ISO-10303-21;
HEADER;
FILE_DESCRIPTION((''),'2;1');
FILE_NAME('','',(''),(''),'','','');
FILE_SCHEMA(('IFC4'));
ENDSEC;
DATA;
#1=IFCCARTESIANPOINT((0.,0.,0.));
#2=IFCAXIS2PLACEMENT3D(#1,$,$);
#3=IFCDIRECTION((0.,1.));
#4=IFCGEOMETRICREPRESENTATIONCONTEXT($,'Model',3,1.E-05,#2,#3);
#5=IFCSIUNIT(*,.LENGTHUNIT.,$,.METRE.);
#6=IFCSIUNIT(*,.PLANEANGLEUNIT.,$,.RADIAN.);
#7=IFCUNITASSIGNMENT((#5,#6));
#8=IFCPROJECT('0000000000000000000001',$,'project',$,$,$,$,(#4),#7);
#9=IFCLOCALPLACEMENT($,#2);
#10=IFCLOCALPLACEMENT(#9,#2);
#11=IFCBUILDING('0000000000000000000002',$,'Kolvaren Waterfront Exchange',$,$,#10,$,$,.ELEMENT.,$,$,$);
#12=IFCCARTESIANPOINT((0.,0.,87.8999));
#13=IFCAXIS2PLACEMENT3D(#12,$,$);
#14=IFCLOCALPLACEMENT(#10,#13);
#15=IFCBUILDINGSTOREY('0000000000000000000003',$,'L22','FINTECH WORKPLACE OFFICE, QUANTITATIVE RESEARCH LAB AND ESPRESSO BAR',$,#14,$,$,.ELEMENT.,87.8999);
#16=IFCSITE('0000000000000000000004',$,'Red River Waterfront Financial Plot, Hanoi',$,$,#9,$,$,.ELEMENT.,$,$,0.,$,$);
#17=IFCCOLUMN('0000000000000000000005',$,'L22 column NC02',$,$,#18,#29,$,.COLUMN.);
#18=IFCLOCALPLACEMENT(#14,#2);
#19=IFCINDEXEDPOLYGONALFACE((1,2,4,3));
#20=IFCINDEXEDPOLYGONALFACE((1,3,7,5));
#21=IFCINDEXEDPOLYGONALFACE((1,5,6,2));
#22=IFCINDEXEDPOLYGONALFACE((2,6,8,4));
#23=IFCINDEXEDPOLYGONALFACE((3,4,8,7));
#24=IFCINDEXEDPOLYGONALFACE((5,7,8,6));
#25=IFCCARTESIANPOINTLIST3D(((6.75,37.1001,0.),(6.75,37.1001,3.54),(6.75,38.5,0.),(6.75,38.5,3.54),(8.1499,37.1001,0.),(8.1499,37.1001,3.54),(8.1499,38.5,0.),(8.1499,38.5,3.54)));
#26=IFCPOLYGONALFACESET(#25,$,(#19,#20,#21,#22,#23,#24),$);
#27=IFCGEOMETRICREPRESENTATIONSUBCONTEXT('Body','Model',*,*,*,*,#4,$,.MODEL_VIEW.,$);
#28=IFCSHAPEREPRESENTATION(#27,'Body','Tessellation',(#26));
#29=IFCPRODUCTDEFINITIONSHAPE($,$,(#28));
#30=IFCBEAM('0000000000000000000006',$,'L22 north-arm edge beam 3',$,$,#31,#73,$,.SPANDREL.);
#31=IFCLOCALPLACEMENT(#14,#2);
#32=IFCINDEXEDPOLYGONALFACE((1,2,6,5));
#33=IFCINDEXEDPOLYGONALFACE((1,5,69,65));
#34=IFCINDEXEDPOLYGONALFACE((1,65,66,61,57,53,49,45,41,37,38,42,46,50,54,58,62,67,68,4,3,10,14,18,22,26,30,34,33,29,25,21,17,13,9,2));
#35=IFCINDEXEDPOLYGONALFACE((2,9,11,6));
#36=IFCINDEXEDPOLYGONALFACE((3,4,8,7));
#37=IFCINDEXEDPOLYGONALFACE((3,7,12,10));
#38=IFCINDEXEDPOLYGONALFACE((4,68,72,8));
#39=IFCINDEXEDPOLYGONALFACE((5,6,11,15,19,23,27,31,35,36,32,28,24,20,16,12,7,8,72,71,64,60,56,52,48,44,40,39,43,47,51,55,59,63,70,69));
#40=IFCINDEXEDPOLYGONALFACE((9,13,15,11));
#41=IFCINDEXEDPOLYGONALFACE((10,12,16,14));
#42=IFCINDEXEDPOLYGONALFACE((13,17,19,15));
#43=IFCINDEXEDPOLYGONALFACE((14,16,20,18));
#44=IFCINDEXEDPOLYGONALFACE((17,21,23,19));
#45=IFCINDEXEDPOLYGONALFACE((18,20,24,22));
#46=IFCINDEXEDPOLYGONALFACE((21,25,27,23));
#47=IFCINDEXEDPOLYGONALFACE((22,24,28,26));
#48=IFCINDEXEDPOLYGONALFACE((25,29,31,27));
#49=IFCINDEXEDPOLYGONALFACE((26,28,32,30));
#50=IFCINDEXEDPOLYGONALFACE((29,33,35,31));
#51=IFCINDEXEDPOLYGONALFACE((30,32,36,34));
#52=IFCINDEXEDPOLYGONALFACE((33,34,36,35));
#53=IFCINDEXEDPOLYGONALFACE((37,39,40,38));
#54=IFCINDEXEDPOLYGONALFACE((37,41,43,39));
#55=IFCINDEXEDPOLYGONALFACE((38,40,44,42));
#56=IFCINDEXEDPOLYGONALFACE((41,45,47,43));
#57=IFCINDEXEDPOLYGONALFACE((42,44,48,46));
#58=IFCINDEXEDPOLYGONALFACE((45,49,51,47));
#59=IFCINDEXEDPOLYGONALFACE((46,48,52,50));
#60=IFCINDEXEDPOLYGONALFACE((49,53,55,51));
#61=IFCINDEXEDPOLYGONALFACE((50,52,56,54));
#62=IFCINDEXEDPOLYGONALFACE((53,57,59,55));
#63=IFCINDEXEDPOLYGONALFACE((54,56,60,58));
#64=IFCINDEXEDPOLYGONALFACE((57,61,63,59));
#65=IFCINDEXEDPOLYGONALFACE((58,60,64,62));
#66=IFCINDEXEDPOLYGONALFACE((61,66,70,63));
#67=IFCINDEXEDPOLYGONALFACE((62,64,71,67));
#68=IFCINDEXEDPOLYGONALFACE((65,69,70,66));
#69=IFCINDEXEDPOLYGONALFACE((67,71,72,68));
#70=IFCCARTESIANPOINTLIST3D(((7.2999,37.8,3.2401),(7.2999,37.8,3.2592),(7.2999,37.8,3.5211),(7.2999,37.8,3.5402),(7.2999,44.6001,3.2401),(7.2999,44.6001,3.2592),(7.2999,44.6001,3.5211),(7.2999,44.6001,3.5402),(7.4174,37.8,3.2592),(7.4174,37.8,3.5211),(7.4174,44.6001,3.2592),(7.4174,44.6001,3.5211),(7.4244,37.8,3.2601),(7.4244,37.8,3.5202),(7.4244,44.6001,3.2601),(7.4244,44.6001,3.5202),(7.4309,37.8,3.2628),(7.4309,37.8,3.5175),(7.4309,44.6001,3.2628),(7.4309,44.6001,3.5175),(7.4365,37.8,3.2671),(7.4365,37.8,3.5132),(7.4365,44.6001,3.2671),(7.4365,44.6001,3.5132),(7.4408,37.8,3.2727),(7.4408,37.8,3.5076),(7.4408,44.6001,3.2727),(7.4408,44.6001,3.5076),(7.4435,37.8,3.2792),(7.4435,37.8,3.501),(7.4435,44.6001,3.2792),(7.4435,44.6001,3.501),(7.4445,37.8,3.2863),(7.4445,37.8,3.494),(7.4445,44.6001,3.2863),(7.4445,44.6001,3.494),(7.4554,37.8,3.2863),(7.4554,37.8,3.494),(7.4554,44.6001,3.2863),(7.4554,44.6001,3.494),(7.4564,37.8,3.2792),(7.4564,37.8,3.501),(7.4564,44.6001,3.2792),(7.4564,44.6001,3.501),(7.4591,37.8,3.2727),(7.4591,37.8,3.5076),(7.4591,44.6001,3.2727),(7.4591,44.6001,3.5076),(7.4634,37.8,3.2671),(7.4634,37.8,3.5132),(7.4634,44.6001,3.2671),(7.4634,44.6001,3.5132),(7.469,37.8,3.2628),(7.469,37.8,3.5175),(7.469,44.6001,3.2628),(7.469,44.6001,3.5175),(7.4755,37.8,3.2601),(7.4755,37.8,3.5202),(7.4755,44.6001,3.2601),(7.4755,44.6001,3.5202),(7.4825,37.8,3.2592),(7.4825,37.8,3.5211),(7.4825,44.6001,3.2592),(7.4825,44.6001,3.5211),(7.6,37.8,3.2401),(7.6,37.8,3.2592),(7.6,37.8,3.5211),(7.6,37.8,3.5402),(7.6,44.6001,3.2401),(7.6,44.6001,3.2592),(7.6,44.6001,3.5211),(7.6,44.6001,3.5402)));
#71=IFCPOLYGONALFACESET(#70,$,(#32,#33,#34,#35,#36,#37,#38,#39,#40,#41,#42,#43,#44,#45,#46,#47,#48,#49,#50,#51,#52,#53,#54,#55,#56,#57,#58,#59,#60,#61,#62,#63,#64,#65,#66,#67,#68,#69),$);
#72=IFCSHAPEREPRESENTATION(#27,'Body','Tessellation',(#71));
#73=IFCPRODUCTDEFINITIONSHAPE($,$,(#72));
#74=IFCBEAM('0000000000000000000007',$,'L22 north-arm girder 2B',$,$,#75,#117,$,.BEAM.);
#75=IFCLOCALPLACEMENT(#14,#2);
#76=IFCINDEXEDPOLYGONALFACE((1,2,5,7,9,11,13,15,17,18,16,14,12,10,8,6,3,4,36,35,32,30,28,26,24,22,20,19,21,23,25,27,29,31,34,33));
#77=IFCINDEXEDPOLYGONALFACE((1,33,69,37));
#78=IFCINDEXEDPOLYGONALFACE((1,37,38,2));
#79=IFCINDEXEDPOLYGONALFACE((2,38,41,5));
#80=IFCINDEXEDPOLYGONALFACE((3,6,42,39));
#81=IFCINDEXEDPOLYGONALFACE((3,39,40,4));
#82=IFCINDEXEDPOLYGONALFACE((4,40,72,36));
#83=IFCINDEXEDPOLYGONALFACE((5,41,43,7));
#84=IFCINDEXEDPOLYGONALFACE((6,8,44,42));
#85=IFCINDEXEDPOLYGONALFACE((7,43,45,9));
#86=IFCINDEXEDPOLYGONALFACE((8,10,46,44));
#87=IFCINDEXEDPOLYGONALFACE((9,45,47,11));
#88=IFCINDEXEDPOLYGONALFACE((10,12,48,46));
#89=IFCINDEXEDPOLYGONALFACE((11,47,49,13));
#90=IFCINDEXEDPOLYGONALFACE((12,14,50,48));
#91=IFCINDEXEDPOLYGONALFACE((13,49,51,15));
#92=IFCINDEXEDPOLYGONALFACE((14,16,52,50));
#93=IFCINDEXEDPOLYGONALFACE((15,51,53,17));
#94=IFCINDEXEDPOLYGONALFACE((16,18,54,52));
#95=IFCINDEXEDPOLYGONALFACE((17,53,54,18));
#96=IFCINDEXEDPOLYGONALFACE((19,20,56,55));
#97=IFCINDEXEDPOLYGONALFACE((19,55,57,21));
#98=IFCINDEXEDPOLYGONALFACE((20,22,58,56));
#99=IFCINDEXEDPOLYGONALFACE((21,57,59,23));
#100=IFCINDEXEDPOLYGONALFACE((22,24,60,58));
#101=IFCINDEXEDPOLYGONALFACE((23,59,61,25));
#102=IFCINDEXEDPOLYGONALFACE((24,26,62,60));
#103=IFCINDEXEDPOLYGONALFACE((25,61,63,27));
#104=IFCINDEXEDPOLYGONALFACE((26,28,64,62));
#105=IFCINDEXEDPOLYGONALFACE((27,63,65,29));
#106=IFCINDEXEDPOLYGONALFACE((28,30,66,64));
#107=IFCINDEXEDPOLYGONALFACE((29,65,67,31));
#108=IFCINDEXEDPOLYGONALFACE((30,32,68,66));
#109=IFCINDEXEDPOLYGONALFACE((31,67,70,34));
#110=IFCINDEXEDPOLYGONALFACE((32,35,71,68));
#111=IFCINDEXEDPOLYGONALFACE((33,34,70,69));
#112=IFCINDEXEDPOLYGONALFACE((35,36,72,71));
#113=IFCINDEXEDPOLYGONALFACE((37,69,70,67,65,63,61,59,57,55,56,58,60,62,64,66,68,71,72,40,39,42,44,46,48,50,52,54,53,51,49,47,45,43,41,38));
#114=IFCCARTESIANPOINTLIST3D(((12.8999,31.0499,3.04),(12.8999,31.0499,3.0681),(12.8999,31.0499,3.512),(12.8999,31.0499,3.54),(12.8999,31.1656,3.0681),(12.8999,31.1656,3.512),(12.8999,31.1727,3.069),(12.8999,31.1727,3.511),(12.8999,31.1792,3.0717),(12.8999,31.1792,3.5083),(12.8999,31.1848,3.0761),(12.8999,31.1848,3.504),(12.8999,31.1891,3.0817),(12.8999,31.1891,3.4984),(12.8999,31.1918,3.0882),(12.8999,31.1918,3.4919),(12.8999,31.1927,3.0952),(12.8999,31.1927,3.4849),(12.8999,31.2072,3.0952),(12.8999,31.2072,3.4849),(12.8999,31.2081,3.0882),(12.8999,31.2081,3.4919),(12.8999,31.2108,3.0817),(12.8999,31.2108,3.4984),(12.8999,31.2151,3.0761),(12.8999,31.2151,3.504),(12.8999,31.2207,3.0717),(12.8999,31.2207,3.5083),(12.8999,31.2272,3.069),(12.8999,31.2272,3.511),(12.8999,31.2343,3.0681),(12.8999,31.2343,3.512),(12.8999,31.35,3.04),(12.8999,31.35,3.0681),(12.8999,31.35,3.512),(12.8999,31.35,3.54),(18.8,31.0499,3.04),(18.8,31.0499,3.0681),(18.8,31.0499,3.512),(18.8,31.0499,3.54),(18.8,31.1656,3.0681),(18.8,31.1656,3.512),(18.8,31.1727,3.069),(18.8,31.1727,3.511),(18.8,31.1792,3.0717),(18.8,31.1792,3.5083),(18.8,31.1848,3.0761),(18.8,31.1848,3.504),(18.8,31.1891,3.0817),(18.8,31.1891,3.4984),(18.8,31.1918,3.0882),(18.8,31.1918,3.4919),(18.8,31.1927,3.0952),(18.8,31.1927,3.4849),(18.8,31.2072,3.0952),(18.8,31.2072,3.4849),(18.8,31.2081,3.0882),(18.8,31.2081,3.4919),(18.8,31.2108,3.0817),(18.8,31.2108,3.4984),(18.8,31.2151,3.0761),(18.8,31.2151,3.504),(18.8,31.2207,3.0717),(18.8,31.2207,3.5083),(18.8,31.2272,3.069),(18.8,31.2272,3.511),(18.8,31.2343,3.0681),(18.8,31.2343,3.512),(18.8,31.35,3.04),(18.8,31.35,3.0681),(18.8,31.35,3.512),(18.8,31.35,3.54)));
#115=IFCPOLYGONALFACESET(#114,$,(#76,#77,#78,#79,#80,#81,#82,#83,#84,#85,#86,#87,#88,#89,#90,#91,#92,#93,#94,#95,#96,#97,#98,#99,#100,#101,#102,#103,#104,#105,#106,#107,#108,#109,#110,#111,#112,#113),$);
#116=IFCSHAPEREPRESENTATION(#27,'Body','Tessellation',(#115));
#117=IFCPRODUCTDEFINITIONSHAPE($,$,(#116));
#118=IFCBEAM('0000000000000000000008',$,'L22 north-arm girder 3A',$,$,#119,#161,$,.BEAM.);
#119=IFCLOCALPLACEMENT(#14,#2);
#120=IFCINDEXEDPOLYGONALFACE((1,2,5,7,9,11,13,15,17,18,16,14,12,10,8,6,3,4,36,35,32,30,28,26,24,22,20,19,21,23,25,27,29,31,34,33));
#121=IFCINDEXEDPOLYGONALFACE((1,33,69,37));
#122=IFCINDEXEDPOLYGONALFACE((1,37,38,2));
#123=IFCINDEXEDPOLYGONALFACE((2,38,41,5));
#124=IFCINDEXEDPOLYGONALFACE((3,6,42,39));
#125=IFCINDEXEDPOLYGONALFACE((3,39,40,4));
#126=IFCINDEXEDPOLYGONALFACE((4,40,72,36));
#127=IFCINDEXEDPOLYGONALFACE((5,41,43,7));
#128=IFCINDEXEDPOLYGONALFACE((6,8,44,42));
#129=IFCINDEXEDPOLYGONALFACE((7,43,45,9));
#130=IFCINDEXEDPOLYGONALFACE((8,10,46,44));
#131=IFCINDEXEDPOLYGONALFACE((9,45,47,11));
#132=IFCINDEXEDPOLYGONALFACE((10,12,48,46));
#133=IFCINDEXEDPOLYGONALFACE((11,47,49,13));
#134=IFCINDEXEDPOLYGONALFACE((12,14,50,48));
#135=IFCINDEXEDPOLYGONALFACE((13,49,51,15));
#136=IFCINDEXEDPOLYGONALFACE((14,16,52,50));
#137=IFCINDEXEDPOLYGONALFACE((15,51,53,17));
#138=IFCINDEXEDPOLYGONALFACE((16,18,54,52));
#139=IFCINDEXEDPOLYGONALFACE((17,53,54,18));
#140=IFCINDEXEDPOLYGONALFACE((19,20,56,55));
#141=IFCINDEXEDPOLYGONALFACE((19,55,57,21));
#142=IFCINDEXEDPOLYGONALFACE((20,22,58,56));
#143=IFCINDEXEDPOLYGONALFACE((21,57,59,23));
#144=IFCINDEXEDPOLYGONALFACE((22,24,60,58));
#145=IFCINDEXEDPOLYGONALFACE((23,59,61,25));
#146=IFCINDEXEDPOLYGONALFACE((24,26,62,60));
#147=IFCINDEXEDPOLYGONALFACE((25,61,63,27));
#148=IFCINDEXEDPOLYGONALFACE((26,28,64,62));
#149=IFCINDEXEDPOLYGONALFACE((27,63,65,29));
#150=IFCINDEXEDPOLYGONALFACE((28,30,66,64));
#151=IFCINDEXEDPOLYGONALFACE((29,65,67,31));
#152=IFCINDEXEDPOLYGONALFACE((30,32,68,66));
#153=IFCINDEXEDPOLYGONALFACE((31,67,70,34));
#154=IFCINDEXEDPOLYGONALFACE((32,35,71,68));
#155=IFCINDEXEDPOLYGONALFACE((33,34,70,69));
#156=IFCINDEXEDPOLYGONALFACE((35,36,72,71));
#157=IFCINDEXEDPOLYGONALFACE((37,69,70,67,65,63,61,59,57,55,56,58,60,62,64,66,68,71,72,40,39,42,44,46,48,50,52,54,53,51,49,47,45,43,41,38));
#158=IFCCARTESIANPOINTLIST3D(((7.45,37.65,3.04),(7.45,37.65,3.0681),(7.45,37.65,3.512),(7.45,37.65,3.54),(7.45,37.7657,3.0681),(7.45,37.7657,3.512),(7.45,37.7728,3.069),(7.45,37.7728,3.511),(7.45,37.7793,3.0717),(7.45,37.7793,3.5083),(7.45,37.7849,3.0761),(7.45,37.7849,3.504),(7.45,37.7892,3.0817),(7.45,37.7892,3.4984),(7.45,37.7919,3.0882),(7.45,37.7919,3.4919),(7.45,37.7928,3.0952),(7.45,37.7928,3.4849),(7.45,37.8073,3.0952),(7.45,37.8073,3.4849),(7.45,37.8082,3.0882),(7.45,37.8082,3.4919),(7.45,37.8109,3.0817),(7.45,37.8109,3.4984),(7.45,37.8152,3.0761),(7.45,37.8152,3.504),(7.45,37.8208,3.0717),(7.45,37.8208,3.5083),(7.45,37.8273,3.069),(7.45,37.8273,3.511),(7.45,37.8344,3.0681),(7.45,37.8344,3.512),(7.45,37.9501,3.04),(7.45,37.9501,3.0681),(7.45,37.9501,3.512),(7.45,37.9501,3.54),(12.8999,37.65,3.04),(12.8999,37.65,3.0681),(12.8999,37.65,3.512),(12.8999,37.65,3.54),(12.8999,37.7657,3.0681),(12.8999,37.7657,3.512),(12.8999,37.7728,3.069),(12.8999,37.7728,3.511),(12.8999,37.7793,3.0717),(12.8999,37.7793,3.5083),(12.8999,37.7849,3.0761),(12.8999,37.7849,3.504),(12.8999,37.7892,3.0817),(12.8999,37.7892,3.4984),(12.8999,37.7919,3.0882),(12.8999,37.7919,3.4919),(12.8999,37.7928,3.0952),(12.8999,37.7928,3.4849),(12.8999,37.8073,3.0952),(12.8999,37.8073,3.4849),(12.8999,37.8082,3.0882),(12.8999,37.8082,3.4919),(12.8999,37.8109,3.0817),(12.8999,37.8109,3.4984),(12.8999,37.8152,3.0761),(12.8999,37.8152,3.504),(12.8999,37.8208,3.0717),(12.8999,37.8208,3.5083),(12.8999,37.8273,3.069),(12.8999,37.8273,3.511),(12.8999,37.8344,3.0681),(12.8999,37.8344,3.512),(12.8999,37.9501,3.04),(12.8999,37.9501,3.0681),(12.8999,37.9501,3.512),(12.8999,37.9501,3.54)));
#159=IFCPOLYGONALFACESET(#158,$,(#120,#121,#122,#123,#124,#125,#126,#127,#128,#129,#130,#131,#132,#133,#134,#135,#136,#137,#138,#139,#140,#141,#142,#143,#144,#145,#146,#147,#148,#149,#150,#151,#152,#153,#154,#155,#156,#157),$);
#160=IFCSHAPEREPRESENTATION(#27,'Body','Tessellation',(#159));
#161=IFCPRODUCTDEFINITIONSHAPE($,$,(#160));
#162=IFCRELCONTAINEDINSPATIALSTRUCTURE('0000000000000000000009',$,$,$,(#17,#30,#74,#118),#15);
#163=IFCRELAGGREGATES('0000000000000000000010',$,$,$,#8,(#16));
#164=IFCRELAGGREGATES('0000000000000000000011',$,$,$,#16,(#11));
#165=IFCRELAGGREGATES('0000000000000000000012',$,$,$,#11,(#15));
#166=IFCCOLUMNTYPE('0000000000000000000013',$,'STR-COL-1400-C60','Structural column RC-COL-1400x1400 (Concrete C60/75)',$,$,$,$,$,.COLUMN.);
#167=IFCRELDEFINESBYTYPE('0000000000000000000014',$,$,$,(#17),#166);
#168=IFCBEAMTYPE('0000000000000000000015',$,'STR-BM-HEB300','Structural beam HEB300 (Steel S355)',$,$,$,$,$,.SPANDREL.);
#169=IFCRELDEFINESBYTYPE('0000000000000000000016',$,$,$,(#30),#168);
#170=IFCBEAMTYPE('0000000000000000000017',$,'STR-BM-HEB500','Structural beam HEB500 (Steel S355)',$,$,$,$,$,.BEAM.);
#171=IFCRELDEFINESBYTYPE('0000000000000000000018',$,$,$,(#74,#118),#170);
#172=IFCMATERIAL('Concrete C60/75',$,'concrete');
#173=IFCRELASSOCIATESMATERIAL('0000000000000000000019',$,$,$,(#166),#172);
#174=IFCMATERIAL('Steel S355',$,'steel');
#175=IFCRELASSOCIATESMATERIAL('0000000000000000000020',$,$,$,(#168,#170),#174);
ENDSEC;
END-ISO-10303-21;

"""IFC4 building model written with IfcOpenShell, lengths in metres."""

from ifc_helpers import new_model, si_unit, direction, frame, origin, origin_2d, place, context, subcontext, project, spatial, rectangle, i_section, extrude, material, material_profile, profile_set, type_object, element, save


model = new_model("IFC4")

# Units and contexts
model_context = context("Model", 3, precision=1e-05, world=origin(), true_north=direction((0.0, 1.0)))
body_context = subcontext(model_context, "Body", "Model", "MODEL_VIEW")
ifc_project = project(units=[si_unit("LENGTHUNIT", "METRE"), si_unit("PLANEANGLEUNIT", "RADIAN")], contexts=[model_context])

# Site, building, storey
site_placement = place(None, origin())
site = spatial("IfcSite", under=ifc_project, at=site_placement, Name="Red River Waterfront Financial Plot, Hanoi", CompositionType="ELEMENT", RefElevation=0.0)
building_placement = place(site_placement, origin())
building = spatial("IfcBuilding", under=site, at=building_placement, Name="Kolvaren Waterfront Exchange", CompositionType="ELEMENT")
storey_placement = place(building_placement, frame((0.0, 0.0, 87.8999)))
storey = spatial("IfcBuildingStorey", under=building, at=storey_placement, Name="L22", Description="FINTECH WORKPLACE OFFICE, QUANTITATIVE RESEARCH LAB AND ESPRESSO BAR", CompositionType="ELEMENT", Elevation=87.8999)

# Column
ifc_material_1 = material(Name="Concrete C60/75", Category="concrete")
ifc_material_profile_1 = material_profile(ifc_material_1, rectangle(XDim=1.3999, YDim=1.3999, at=origin_2d()), Name="RC-COL-1400x1400")
ifc_profile_set_1 = profile_set([ifc_material_profile_1], Name="Concrete C60/75")
column_type = type_object("IfcColumnType", Name="STR-COL-1400-C60", Description="Structural column RC-COL-1400x1400 (Concrete C60/75)", PredefinedType="COLUMN", material=ifc_profile_set_1)
column_placement = place(storey_placement, frame((7.45, 37.8, 0.0), z_axis=(0.0, 0.0, 1.0), x_axis=(1.0, 0.0, 0.0)))
element("IfcColumn", 1, at=column_placement, inside=storey, type_object=column_type, Name="L22 column NC02", PredefinedType="COLUMN", context=body_context, shape_type="SweptSolid", body=[
    extrude(rectangle(XDim=1.3999, YDim=1.3999, at=origin_2d()), origin(), (0.0, 0.0, 1.0), 3.54),
])

# Beams
ifc_material_2 = material(Name="Steel S355", Category="steel")
ifc_material_profile_2 = material_profile(ifc_material_2, i_section(OverallWidth=0.3, OverallDepth=0.3, WebThickness=0.011, FlangeThickness=0.019, FilletRadius=0.0271, at=origin_2d()), Name="HEB300")
ifc_profile_set_2 = profile_set([ifc_material_profile_2], Name="Steel S355")
beam_type_1 = type_object("IfcBeamType", Name="STR-BM-HEB300", Description="Structural beam HEB300 (Steel S355)", PredefinedType="SPANDREL", material=ifc_profile_set_2)
beam_1_placement = place(storey_placement, frame((7.45, 37.8, 3.3901), z_axis=(0.0, 1.0, 0.0), x_axis=(-1.0, 0.0, 0.0)))
element("IfcBeam", 2, at=beam_1_placement, inside=storey, type_object=beam_type_1, Name="L22 north-arm edge beam 3", PredefinedType="SPANDREL", context=body_context, shape_type="SweptSolid", body=[
    extrude(i_section(OverallWidth=0.3, OverallDepth=0.3, WebThickness=0.011, FlangeThickness=0.019, FilletRadius=0.0271, at=origin_2d()), origin(), (0.0, 0.0, 1.0), 6.8),
])
ifc_material_profile_3 = material_profile(ifc_material_2, i_section(OverallWidth=0.3, OverallDepth=0.5, WebThickness=0.0144, FlangeThickness=0.0281, FilletRadius=0.0271, at=origin_2d()), Name="HEB500")
ifc_profile_set_3 = profile_set([ifc_material_profile_3], Name="Steel S355")
beam_type_2 = type_object("IfcBeamType", Name="STR-BM-HEB500", Description="Structural beam HEB500 (Steel S355)", PredefinedType="BEAM", material=ifc_profile_set_3)
beam_2_placement = place(storey_placement, frame((12.8999, 31.2, 3.29), z_axis=(1.0, 0.0, 0.0), x_axis=(0.0, 1.0, 0.0)))
element("IfcBeam", 3, at=beam_2_placement, inside=storey, type_object=beam_type_2, Name="L22 north-arm girder 2B", PredefinedType="BEAM", context=body_context, shape_type="SweptSolid", body=[
    extrude(i_section(OverallWidth=0.3, OverallDepth=0.5, WebThickness=0.0144, FlangeThickness=0.0281, FilletRadius=0.0271, at=origin_2d()), origin(), (0.0, 0.0, 1.0), 5.9001),
])
beam_3_placement = place(storey_placement, frame((7.45, 37.8, 3.29), z_axis=(1.0, 0.0, 0.0), x_axis=(0.0, 1.0, 0.0)))
element("IfcBeam", 4, at=beam_3_placement, inside=storey, type_object=beam_type_2, Name="L22 north-arm girder 3A", PredefinedType="BEAM", context=body_context, shape_type="SweptSolid", body=[
    extrude(i_section(OverallWidth=0.3, OverallDepth=0.5, WebThickness=0.0144, FlangeThickness=0.0281, FilletRadius=0.0271, at=origin_2d()), origin(), (0.0, 0.0, 1.0), 5.45),
])

save(model, "model.ifc")
